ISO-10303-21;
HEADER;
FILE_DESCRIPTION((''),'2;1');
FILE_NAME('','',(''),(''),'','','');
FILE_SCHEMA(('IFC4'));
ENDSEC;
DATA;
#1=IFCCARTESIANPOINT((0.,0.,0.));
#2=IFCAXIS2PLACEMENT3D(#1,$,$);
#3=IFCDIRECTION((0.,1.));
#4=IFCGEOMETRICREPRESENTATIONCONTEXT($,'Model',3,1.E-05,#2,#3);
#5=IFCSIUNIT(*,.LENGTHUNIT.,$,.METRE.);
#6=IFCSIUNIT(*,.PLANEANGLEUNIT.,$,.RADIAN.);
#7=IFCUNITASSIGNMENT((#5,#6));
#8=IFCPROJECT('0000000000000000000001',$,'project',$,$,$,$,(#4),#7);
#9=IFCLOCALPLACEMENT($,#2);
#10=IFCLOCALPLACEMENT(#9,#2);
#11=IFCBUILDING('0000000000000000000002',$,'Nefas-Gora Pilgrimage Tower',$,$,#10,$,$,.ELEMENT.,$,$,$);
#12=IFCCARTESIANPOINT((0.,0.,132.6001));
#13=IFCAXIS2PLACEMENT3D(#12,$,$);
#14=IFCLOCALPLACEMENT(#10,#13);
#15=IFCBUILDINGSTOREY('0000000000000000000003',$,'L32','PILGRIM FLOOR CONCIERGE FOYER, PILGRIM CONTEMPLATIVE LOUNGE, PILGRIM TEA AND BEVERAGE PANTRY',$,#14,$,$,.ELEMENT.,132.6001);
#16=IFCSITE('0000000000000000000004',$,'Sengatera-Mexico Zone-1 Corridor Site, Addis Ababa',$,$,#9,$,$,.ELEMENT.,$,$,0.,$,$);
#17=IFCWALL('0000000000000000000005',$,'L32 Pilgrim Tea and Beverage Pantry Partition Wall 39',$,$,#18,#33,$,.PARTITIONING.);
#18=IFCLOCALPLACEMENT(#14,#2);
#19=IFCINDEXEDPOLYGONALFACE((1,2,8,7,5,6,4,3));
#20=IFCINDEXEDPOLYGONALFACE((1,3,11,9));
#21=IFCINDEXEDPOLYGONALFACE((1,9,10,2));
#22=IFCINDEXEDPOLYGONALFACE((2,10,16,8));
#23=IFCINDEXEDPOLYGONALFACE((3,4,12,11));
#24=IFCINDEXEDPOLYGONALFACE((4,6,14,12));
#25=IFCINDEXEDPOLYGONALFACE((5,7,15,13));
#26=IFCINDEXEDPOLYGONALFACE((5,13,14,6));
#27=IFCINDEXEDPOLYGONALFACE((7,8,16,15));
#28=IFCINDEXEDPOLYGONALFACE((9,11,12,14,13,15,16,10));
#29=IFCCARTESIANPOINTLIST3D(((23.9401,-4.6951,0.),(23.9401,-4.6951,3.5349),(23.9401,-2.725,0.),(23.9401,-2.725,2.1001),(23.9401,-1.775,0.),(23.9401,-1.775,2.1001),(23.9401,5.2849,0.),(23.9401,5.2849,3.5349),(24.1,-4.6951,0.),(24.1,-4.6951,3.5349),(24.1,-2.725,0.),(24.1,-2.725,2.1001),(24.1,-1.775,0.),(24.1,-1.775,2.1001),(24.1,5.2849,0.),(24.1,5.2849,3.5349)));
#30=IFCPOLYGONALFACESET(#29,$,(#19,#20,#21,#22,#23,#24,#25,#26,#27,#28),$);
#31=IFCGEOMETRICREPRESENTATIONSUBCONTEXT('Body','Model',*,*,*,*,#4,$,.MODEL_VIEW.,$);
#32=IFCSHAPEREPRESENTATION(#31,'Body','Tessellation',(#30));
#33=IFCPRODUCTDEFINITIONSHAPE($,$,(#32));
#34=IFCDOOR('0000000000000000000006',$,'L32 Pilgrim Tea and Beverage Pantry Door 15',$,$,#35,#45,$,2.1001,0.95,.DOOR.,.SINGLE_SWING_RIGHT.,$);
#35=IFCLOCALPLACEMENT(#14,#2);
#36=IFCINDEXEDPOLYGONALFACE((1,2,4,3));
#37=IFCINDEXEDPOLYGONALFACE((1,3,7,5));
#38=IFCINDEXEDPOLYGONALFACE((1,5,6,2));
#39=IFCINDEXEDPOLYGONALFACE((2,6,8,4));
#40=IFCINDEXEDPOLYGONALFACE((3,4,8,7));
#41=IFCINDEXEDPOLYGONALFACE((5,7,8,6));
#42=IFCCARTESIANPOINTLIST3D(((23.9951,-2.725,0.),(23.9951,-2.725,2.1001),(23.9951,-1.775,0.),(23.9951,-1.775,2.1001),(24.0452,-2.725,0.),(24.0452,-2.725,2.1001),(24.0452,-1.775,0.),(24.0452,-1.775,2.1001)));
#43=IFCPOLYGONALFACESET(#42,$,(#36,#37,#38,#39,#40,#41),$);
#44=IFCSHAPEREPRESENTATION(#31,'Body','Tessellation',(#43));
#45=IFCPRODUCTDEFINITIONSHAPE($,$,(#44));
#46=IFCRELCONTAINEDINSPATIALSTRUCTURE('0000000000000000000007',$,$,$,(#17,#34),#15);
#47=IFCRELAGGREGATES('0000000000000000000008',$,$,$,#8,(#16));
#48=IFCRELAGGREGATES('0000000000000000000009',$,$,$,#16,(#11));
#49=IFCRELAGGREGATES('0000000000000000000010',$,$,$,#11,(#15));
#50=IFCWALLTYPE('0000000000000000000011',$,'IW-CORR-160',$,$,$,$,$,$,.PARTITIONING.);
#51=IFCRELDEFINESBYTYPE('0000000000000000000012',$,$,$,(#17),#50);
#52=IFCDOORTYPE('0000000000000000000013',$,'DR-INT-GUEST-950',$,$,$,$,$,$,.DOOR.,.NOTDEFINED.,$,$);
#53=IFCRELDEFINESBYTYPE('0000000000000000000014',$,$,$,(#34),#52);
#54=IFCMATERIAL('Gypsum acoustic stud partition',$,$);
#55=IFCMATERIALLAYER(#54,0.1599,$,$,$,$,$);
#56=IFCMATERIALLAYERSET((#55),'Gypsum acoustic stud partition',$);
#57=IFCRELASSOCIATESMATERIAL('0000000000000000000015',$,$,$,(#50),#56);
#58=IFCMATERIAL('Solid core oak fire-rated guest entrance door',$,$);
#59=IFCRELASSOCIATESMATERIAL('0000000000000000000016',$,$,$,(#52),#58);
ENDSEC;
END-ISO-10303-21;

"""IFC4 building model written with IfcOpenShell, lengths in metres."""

from ifc_helpers import new_model, si_unit, direction, frame, frame_2d, origin, place, context, subcontext, project, spatial, rectangle, extrude, source, transform, mapped, material, layer, layer_set, type_object, element, fill, save


model = new_model("IFC4")

# Units and contexts
model_context = context("Model", 3, precision=1e-05, world=origin(), true_north=direction((0.0, 1.0)))
body_context = subcontext(model_context, "Body", "Model", "MODEL_VIEW")
ifc_project = project(units=[si_unit("LENGTHUNIT", "METRE"), si_unit("PLANEANGLEUNIT", "RADIAN")], contexts=[model_context])

# Site, building, storey
site_placement = place(None, origin())
site = spatial("IfcSite", under=ifc_project, at=site_placement, Name="Sengatera-Mexico Zone-1 Corridor Site, Addis Ababa", CompositionType="ELEMENT", RefElevation=0.0)
building_placement = place(site_placement, origin())
building = spatial("IfcBuilding", under=site, at=building_placement, Name="Nefas-Gora Pilgrimage Tower", CompositionType="ELEMENT")
storey_placement = place(building_placement, frame((0.0, 0.0, 132.6001)))
storey = spatial("IfcBuildingStorey", under=building, at=storey_placement, Name="L32", Description="PILGRIM FLOOR CONCIERGE FOYER, PILGRIM CONTEMPLATIVE LOUNGE, PILGRIM TEA AND BEVERAGE PANTRY", CompositionType="ELEMENT", Elevation=132.6001)

# Wall, opening, door
ifc_material_1 = material(Name="Gypsum acoustic stud partition")
ifc_layer_1 = layer(ifc_material_1, 0.1599)
ifc_layer_set_1 = layer_set([ifc_layer_1], Name="Gypsum acoustic stud partition")
wall_type_1 = type_object("IfcWallType", Name="IW-CORR-160", PredefinedType="PARTITIONING", material=ifc_layer_set_1)
shared_shape_1 = source(origin(), body_context, "Body", "SweptSolid", [
    extrude(rectangle(XDim=9.98, YDim=0.1599, at=frame_2d((4.99, 0.0))), origin(), (0.0, 0.0, 1.0), 3.5349),
])
wall_1_placement = place(storey_placement, frame((24.02, -4.6951, 0.0), z_axis=(0.0, 0.0, 1.0), x_axis=(0.0, 1.0, 0.0)))
wall_1 = element("IfcWall", 1, at=wall_1_placement, inside=storey, type_object=wall_type_1, Name="L32 Pilgrim Tea and Beverage Pantry Partition Wall 39", PredefinedType="PARTITIONING", context=body_context, shape_type="MappedRepresentation", body=[
    mapped(shared_shape_1, transform((0.0, 0.0, 0.0), x_axis=(1.0, 0.0, 0.0), y_axis=(0.0, 1.0, 0.0), z_axis=(0.0, 0.0, 1.0), scale=1.0)),
])
opening_1_placement = place(wall_1_placement, frame((1.97, 0.0, 0.0)))
opening_1 = element("IfcOpeningElement", 2, at=opening_1_placement, cuts=wall_1, PredefinedType="OPENING", context=body_context, shape_type="SweptSolid", body=[
    extrude(rectangle(XDim=0.95, YDim=2.1001, at=frame_2d((0.4751, 1.05))), frame((0.0, 0.0898, 0.0), z_axis=(0.0, -1.0, 0.0), x_axis=(1.0, 0.0, 0.0)), (0.0, 0.0, 1.0), 0.1799),
])
ifc_material_2 = material(Name="Solid core oak fire-rated guest entrance door")
door_type = type_object("IfcDoorType", Name="DR-INT-GUEST-950", OperationType="NOTDEFINED", PredefinedType="DOOR", material=ifc_material_2)
shared_shape_2 = source(origin(), body_context, "Body", "SweptSolid", [
    extrude(rectangle(XDim=0.95, YDim=2.1001, at=frame_2d((0.4751, 1.05))), frame((0.0, 0.0249, 0.0), z_axis=(0.0, -1.0, 0.0), x_axis=(1.0, 0.0, 0.0)), (0.0, 0.0, 1.0), 0.05),
])
door_placement = place(opening_1_placement, origin())
door = element("IfcDoor", 3, at=door_placement, inside=storey, type_object=door_type, Name="L32 Pilgrim Tea and Beverage Pantry Door 15", OperationType="SINGLE_SWING_RIGHT", OverallHeight=2.1001, OverallWidth=0.95, PredefinedType="DOOR", context=body_context, shape_type="MappedRepresentation", body=[
    mapped(shared_shape_2, transform((0.0, 0.0, 0.0), x_axis=(1.0, 0.0, 0.0), y_axis=(0.0, 1.0, 0.0), z_axis=(0.0, 0.0, 1.0), scale=1.0)),
])
fill(opening_1, door)

save(model, "model.ifc")
